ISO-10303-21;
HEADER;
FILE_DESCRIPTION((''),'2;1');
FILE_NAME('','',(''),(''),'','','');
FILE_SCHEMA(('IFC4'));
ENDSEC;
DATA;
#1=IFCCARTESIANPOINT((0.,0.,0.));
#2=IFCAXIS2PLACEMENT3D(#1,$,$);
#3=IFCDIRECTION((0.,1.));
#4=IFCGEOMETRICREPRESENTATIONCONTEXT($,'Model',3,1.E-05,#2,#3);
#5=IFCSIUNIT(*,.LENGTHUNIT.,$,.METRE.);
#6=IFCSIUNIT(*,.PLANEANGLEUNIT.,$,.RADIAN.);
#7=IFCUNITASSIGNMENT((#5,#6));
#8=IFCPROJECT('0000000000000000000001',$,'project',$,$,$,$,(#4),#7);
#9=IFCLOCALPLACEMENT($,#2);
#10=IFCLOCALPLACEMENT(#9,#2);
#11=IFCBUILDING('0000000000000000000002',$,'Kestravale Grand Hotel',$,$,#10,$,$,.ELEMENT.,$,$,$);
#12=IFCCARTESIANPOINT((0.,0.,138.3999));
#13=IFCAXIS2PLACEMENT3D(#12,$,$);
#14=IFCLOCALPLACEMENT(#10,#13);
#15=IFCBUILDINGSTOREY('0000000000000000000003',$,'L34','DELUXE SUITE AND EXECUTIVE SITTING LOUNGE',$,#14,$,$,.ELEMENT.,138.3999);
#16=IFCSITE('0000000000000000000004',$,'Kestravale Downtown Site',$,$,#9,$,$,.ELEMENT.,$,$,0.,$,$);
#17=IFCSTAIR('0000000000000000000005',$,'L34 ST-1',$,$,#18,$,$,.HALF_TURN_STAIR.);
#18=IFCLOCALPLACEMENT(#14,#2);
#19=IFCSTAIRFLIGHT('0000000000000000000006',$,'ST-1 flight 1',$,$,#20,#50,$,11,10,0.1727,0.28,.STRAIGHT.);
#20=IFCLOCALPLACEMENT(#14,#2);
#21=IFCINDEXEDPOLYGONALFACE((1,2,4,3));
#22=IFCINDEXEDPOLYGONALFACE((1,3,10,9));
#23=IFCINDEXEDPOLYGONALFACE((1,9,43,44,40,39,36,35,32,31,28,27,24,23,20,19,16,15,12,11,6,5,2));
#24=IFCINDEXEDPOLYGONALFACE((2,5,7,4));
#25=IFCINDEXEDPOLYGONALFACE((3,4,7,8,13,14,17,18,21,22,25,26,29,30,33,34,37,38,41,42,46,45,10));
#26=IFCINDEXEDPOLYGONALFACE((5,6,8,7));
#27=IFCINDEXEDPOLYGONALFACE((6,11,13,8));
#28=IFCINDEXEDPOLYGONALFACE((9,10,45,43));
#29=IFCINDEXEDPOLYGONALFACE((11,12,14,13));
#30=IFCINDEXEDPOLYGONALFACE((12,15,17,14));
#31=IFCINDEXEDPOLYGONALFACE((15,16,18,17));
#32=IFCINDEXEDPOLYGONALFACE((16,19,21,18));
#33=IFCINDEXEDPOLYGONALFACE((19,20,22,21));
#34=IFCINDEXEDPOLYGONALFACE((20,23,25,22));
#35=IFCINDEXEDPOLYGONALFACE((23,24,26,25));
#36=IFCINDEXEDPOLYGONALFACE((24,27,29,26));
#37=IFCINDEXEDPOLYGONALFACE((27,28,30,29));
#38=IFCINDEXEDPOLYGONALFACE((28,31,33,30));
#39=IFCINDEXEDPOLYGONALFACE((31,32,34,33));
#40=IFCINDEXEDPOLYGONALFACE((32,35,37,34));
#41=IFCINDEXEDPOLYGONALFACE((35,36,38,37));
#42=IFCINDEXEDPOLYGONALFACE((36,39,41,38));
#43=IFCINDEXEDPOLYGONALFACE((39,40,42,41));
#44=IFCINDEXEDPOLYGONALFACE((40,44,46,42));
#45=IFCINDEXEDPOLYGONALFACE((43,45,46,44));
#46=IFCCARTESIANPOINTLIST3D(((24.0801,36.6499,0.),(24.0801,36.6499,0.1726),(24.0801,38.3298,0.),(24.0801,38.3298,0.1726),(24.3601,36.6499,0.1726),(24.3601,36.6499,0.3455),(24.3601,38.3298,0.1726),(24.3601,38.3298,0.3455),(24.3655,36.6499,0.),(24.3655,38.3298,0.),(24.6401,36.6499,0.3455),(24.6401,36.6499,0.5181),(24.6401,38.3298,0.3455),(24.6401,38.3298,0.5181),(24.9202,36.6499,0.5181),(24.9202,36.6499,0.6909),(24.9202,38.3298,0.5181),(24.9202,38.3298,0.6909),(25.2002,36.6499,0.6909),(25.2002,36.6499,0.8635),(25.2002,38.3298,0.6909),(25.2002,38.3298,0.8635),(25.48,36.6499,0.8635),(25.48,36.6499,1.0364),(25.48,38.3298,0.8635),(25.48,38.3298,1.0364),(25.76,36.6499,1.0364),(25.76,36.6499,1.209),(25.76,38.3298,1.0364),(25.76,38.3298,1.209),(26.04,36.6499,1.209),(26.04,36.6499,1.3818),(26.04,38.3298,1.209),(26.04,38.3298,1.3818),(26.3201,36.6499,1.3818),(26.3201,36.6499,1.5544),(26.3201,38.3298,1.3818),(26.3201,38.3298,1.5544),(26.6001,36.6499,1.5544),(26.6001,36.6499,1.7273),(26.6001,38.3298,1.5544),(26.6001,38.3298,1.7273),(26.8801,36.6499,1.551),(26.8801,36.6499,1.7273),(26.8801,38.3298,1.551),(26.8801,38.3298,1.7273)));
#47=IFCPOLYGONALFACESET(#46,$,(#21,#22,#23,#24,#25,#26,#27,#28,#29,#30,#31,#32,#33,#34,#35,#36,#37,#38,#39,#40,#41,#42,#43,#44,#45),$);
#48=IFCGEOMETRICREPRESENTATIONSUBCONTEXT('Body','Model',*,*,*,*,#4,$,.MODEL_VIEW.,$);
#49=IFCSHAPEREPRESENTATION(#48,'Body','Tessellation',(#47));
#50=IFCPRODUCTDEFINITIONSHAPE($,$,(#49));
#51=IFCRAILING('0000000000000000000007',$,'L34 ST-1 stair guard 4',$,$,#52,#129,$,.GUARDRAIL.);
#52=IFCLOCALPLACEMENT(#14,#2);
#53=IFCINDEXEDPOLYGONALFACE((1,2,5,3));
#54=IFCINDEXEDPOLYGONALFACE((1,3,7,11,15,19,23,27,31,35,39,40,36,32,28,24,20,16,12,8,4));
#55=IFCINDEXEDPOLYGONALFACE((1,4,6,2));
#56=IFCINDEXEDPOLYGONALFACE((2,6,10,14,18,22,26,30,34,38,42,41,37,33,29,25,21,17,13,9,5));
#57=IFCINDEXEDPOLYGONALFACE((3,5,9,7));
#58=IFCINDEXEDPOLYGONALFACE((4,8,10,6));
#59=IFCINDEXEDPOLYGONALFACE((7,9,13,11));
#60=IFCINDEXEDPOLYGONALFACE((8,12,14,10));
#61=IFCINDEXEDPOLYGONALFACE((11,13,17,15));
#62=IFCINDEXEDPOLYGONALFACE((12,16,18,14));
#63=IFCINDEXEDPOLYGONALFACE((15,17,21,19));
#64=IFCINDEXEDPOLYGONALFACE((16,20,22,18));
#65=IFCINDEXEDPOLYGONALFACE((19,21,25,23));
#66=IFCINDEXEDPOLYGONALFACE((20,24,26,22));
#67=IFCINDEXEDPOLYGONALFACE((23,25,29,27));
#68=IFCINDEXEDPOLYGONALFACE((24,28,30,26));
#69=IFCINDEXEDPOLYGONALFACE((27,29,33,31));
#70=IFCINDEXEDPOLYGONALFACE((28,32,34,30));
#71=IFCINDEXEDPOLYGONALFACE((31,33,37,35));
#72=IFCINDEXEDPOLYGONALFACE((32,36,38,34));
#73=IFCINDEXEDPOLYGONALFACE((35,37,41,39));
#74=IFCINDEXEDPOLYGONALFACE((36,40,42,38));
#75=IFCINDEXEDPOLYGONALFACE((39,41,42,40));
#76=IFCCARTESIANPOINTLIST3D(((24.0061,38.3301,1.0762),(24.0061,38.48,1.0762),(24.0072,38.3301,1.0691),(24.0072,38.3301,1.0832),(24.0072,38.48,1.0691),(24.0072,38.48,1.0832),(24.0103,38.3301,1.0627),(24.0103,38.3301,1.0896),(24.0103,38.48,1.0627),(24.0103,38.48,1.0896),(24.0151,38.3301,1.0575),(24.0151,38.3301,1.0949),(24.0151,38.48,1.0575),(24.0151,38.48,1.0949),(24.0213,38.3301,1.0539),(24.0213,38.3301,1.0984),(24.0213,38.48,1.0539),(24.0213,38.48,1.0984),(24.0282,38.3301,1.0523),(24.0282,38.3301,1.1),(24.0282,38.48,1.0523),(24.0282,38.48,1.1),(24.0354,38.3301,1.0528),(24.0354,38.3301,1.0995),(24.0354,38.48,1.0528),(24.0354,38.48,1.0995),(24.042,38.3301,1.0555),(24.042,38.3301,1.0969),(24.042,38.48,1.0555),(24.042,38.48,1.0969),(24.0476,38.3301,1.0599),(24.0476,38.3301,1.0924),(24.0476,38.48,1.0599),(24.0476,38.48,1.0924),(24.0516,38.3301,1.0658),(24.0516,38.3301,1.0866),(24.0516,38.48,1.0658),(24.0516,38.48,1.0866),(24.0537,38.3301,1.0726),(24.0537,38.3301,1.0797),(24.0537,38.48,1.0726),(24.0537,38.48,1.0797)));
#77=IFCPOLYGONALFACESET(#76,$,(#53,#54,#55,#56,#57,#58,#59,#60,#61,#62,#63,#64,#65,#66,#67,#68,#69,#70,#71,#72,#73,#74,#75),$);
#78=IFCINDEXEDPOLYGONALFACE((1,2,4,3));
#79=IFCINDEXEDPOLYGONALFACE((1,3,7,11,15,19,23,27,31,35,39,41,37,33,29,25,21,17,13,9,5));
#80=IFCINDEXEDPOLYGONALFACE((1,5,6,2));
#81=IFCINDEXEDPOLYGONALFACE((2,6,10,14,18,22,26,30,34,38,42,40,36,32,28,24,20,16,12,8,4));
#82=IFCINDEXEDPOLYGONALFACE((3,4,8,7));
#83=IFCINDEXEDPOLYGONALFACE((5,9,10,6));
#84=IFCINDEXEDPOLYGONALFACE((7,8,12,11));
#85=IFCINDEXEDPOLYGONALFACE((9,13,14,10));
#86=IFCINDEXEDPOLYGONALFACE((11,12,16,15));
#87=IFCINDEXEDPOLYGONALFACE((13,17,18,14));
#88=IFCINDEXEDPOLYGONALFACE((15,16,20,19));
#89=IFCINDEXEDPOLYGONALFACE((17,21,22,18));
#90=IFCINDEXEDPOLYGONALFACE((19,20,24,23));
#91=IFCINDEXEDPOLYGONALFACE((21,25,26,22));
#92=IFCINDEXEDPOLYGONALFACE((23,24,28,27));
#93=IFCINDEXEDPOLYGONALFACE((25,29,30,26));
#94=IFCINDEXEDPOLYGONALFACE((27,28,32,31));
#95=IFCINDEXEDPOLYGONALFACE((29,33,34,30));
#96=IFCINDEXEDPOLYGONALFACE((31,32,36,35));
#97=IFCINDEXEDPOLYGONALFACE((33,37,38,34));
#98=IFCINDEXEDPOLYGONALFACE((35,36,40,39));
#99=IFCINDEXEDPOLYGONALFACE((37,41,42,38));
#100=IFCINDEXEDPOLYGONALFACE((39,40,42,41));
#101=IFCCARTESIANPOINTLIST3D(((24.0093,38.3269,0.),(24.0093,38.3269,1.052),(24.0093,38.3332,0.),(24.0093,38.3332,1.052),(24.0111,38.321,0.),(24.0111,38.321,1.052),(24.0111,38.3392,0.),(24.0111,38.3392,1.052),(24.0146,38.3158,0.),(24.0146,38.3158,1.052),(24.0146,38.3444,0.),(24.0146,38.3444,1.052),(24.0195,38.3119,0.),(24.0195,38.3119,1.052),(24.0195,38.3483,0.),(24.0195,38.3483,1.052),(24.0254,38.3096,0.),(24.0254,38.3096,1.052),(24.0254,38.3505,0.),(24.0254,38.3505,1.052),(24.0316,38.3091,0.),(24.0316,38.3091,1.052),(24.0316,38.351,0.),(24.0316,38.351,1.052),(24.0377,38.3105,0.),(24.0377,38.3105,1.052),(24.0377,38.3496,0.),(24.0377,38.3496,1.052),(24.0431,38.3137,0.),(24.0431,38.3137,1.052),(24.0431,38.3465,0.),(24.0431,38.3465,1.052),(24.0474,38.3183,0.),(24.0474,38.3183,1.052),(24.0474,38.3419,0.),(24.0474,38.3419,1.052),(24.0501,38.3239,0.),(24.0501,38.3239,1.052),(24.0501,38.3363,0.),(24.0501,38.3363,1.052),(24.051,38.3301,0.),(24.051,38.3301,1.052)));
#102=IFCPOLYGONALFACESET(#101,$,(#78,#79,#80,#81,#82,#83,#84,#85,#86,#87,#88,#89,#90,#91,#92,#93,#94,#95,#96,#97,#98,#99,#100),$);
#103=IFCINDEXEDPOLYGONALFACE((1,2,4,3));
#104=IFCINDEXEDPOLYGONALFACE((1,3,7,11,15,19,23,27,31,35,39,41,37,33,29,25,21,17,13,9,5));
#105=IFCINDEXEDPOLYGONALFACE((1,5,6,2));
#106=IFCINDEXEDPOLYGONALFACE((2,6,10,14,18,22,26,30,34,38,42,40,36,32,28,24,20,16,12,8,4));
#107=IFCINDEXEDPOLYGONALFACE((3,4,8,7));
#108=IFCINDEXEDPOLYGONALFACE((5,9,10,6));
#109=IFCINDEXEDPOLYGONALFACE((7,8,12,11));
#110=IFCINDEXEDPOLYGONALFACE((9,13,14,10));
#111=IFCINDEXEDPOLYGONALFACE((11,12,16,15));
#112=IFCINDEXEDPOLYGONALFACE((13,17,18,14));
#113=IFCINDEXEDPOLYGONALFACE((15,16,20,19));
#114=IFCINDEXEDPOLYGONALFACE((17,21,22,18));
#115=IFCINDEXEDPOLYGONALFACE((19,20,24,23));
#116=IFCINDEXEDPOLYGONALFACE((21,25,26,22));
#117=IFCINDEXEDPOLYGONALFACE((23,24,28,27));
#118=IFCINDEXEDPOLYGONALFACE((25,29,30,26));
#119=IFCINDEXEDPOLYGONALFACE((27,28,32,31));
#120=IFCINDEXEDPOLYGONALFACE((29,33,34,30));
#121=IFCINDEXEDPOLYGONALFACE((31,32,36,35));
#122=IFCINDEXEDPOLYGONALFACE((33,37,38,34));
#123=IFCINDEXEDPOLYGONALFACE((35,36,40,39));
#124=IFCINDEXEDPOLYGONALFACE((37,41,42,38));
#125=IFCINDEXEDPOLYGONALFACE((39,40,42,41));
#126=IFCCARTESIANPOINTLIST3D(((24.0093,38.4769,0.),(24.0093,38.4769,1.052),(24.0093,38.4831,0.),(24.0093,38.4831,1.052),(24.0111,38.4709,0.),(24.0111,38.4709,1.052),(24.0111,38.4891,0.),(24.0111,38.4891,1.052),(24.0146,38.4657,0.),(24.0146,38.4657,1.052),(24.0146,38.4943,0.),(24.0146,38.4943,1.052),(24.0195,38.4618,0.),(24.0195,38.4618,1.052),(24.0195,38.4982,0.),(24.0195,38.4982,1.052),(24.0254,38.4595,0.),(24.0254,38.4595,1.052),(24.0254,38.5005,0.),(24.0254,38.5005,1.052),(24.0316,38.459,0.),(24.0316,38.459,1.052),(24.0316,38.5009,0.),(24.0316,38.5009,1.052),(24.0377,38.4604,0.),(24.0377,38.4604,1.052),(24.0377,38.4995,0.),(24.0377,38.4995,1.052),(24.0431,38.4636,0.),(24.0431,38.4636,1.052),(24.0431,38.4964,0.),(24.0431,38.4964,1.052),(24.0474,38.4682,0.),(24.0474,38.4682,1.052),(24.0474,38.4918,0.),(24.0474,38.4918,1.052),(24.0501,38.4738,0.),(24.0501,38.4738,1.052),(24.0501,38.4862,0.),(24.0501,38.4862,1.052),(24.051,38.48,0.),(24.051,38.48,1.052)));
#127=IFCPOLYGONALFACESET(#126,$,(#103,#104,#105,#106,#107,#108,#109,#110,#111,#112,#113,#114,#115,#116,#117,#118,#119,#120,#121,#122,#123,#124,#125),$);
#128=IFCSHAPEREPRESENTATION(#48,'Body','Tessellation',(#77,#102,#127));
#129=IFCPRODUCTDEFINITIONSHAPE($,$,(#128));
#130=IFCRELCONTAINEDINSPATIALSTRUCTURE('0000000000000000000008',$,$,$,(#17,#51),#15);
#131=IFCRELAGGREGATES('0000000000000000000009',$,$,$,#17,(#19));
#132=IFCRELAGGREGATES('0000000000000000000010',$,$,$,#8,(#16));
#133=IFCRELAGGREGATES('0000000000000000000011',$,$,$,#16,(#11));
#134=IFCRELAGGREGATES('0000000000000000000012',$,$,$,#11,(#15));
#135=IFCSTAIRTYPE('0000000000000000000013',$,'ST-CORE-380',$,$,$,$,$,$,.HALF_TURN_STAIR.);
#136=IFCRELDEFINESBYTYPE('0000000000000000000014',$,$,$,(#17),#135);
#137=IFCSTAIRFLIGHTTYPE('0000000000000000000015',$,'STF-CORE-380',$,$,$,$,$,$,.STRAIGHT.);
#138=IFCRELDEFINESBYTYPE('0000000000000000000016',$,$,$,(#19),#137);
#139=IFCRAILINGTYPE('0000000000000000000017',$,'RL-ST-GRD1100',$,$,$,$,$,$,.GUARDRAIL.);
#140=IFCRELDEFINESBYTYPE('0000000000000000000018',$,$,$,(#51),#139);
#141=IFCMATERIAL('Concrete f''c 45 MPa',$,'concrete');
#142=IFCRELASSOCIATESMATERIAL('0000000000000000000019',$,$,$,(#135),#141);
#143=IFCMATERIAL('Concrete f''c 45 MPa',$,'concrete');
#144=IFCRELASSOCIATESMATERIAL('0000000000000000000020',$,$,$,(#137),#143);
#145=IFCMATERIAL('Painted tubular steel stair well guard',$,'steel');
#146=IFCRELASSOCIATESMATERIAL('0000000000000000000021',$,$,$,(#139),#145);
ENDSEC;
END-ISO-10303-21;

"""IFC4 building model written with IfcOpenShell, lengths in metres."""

from ifc_helpers import new_model, si_unit, direction, frame, origin, origin_2d, place, context, subcontext, project, spatial, polyline, circle, outline, extrude, material, type_object, element, aggregate, save


model = new_model("IFC4")

# Units and contexts
model_context = context("Model", 3, precision=1e-05, world=origin(), true_north=direction((0.0, 1.0)))
body_context = subcontext(model_context, "Body", "Model", "MODEL_VIEW")
ifc_project = project(units=[si_unit("LENGTHUNIT", "METRE"), si_unit("PLANEANGLEUNIT", "RADIAN")], contexts=[model_context])

# Site, building, storey
site_placement = place(None, origin())
site = spatial("IfcSite", under=ifc_project, at=site_placement, Name="Kestravale Downtown Site", CompositionType="ELEMENT", RefElevation=0.0)
building_placement = place(site_placement, origin())
building = spatial("IfcBuilding", under=site, at=building_placement, Name="Kestravale Grand Hotel", CompositionType="ELEMENT")
storey_placement = place(building_placement, frame((0.0, 0.0, 138.3999)))
storey = spatial("IfcBuildingStorey", under=building, at=storey_placement, Name="L34", Description="DELUXE SUITE AND EXECUTIVE SITTING LOUNGE", CompositionType="ELEMENT", Elevation=138.3999)

# Stair, stair flight
ifc_material_1 = material(Name="Concrete f'c 45 MPa", Category="concrete")
stair_type = type_object("IfcStairType", Name="ST-CORE-380", PredefinedType="HALF_TURN_STAIR", material=ifc_material_1)
stair_placement = place(storey_placement, origin())
stair = element("IfcStair", 1, at=stair_placement, inside=storey, type_object=stair_type, Name="L34 ST-1", PredefinedType="HALF_TURN_STAIR")
ifc_material_2 = material(Name="Concrete f'c 45 MPa", Category="concrete")
stair_flight_type = type_object("IfcStairFlightType", Name="STF-CORE-380", PredefinedType="STRAIGHT", material=ifc_material_2)
stair_flight_placement = place(storey_placement, frame((24.0801, 37.49, 0.0), z_axis=(0.0, 0.0, 1.0), x_axis=(1.0, 0.0, 0.0)))
stair_flight = element("IfcStairFlight", 2, at=stair_flight_placement, type_object=stair_flight_type, Name="ST-1 flight 1", NumberOfRisers=11, NumberOfTreads=10, PredefinedType="STRAIGHT", RiserHeight=0.1727, TreadLength=0.28, context=body_context, shape_type="SweptSolid", body=[
    extrude(outline(polyline([(0.0, 0.0), (0.0, 0.1726), (0.28, 0.1726), (0.28, 0.3455), (0.5601, 0.3455), (0.5601, 0.5181), (0.8401, 0.5181), (0.8401, 0.6909), (1.1201, 0.6909), (1.1201, 0.8635), (1.3999, 0.8635), (1.3999, 1.0364), (1.6799, 1.0364), (1.6799, 1.209), (1.96, 1.209), (1.96, 1.3818), (2.24, 1.3818), (2.24, 1.5544), (2.52, 1.5544), (2.52, 1.7273), (2.8, 1.7273), (2.8, 1.8999), (2.8, 1.551), (0.2854, 0.0), (0.0, 0.0)])), frame((0.0, 0.8398, 0.0), z_axis=(0.0, -1.0, 0.0), x_axis=(1.0, 0.0, 0.0)), (0.0, 0.0, 1.0), 1.6799),
])
aggregate(stair, [stair_flight])

# Railing
ifc_material_3 = material(Name="Painted tubular steel stair well guard", Category="steel")
railing_type_1 = type_object("IfcRailingType", Name="RL-ST-GRD1100", PredefinedType="GUARDRAIL", material=ifc_material_3)
railing_1_placement = place(storey_placement, frame((24.03, 38.3301, 0.0)))
element("IfcRailing", 3, at=railing_1_placement, inside=storey, type_object=railing_type_1, Name="L34 ST-1 stair guard 4", PredefinedType="GUARDRAIL", context=body_context, shape_type="SweptSolid", body=[
    extrude(circle(Radius=0.0239, at=origin_2d()), frame((0.0, 0.0, 1.0762), z_axis=(0.0, 1.0, 0.0), x_axis=(-1.0, 0.0, 0.0)), (0.0, 0.0, 1.0), 0.1499),
    extrude(circle(Radius=0.021, at=origin_2d()), origin(), (0.0, 0.0, 1.0), 1.052),
    extrude(circle(Radius=0.021, at=origin_2d()), frame((0.0, 0.1499, 0.0)), (0.0, 0.0, 1.0), 1.052),
])

save(model, "model.ifc")
